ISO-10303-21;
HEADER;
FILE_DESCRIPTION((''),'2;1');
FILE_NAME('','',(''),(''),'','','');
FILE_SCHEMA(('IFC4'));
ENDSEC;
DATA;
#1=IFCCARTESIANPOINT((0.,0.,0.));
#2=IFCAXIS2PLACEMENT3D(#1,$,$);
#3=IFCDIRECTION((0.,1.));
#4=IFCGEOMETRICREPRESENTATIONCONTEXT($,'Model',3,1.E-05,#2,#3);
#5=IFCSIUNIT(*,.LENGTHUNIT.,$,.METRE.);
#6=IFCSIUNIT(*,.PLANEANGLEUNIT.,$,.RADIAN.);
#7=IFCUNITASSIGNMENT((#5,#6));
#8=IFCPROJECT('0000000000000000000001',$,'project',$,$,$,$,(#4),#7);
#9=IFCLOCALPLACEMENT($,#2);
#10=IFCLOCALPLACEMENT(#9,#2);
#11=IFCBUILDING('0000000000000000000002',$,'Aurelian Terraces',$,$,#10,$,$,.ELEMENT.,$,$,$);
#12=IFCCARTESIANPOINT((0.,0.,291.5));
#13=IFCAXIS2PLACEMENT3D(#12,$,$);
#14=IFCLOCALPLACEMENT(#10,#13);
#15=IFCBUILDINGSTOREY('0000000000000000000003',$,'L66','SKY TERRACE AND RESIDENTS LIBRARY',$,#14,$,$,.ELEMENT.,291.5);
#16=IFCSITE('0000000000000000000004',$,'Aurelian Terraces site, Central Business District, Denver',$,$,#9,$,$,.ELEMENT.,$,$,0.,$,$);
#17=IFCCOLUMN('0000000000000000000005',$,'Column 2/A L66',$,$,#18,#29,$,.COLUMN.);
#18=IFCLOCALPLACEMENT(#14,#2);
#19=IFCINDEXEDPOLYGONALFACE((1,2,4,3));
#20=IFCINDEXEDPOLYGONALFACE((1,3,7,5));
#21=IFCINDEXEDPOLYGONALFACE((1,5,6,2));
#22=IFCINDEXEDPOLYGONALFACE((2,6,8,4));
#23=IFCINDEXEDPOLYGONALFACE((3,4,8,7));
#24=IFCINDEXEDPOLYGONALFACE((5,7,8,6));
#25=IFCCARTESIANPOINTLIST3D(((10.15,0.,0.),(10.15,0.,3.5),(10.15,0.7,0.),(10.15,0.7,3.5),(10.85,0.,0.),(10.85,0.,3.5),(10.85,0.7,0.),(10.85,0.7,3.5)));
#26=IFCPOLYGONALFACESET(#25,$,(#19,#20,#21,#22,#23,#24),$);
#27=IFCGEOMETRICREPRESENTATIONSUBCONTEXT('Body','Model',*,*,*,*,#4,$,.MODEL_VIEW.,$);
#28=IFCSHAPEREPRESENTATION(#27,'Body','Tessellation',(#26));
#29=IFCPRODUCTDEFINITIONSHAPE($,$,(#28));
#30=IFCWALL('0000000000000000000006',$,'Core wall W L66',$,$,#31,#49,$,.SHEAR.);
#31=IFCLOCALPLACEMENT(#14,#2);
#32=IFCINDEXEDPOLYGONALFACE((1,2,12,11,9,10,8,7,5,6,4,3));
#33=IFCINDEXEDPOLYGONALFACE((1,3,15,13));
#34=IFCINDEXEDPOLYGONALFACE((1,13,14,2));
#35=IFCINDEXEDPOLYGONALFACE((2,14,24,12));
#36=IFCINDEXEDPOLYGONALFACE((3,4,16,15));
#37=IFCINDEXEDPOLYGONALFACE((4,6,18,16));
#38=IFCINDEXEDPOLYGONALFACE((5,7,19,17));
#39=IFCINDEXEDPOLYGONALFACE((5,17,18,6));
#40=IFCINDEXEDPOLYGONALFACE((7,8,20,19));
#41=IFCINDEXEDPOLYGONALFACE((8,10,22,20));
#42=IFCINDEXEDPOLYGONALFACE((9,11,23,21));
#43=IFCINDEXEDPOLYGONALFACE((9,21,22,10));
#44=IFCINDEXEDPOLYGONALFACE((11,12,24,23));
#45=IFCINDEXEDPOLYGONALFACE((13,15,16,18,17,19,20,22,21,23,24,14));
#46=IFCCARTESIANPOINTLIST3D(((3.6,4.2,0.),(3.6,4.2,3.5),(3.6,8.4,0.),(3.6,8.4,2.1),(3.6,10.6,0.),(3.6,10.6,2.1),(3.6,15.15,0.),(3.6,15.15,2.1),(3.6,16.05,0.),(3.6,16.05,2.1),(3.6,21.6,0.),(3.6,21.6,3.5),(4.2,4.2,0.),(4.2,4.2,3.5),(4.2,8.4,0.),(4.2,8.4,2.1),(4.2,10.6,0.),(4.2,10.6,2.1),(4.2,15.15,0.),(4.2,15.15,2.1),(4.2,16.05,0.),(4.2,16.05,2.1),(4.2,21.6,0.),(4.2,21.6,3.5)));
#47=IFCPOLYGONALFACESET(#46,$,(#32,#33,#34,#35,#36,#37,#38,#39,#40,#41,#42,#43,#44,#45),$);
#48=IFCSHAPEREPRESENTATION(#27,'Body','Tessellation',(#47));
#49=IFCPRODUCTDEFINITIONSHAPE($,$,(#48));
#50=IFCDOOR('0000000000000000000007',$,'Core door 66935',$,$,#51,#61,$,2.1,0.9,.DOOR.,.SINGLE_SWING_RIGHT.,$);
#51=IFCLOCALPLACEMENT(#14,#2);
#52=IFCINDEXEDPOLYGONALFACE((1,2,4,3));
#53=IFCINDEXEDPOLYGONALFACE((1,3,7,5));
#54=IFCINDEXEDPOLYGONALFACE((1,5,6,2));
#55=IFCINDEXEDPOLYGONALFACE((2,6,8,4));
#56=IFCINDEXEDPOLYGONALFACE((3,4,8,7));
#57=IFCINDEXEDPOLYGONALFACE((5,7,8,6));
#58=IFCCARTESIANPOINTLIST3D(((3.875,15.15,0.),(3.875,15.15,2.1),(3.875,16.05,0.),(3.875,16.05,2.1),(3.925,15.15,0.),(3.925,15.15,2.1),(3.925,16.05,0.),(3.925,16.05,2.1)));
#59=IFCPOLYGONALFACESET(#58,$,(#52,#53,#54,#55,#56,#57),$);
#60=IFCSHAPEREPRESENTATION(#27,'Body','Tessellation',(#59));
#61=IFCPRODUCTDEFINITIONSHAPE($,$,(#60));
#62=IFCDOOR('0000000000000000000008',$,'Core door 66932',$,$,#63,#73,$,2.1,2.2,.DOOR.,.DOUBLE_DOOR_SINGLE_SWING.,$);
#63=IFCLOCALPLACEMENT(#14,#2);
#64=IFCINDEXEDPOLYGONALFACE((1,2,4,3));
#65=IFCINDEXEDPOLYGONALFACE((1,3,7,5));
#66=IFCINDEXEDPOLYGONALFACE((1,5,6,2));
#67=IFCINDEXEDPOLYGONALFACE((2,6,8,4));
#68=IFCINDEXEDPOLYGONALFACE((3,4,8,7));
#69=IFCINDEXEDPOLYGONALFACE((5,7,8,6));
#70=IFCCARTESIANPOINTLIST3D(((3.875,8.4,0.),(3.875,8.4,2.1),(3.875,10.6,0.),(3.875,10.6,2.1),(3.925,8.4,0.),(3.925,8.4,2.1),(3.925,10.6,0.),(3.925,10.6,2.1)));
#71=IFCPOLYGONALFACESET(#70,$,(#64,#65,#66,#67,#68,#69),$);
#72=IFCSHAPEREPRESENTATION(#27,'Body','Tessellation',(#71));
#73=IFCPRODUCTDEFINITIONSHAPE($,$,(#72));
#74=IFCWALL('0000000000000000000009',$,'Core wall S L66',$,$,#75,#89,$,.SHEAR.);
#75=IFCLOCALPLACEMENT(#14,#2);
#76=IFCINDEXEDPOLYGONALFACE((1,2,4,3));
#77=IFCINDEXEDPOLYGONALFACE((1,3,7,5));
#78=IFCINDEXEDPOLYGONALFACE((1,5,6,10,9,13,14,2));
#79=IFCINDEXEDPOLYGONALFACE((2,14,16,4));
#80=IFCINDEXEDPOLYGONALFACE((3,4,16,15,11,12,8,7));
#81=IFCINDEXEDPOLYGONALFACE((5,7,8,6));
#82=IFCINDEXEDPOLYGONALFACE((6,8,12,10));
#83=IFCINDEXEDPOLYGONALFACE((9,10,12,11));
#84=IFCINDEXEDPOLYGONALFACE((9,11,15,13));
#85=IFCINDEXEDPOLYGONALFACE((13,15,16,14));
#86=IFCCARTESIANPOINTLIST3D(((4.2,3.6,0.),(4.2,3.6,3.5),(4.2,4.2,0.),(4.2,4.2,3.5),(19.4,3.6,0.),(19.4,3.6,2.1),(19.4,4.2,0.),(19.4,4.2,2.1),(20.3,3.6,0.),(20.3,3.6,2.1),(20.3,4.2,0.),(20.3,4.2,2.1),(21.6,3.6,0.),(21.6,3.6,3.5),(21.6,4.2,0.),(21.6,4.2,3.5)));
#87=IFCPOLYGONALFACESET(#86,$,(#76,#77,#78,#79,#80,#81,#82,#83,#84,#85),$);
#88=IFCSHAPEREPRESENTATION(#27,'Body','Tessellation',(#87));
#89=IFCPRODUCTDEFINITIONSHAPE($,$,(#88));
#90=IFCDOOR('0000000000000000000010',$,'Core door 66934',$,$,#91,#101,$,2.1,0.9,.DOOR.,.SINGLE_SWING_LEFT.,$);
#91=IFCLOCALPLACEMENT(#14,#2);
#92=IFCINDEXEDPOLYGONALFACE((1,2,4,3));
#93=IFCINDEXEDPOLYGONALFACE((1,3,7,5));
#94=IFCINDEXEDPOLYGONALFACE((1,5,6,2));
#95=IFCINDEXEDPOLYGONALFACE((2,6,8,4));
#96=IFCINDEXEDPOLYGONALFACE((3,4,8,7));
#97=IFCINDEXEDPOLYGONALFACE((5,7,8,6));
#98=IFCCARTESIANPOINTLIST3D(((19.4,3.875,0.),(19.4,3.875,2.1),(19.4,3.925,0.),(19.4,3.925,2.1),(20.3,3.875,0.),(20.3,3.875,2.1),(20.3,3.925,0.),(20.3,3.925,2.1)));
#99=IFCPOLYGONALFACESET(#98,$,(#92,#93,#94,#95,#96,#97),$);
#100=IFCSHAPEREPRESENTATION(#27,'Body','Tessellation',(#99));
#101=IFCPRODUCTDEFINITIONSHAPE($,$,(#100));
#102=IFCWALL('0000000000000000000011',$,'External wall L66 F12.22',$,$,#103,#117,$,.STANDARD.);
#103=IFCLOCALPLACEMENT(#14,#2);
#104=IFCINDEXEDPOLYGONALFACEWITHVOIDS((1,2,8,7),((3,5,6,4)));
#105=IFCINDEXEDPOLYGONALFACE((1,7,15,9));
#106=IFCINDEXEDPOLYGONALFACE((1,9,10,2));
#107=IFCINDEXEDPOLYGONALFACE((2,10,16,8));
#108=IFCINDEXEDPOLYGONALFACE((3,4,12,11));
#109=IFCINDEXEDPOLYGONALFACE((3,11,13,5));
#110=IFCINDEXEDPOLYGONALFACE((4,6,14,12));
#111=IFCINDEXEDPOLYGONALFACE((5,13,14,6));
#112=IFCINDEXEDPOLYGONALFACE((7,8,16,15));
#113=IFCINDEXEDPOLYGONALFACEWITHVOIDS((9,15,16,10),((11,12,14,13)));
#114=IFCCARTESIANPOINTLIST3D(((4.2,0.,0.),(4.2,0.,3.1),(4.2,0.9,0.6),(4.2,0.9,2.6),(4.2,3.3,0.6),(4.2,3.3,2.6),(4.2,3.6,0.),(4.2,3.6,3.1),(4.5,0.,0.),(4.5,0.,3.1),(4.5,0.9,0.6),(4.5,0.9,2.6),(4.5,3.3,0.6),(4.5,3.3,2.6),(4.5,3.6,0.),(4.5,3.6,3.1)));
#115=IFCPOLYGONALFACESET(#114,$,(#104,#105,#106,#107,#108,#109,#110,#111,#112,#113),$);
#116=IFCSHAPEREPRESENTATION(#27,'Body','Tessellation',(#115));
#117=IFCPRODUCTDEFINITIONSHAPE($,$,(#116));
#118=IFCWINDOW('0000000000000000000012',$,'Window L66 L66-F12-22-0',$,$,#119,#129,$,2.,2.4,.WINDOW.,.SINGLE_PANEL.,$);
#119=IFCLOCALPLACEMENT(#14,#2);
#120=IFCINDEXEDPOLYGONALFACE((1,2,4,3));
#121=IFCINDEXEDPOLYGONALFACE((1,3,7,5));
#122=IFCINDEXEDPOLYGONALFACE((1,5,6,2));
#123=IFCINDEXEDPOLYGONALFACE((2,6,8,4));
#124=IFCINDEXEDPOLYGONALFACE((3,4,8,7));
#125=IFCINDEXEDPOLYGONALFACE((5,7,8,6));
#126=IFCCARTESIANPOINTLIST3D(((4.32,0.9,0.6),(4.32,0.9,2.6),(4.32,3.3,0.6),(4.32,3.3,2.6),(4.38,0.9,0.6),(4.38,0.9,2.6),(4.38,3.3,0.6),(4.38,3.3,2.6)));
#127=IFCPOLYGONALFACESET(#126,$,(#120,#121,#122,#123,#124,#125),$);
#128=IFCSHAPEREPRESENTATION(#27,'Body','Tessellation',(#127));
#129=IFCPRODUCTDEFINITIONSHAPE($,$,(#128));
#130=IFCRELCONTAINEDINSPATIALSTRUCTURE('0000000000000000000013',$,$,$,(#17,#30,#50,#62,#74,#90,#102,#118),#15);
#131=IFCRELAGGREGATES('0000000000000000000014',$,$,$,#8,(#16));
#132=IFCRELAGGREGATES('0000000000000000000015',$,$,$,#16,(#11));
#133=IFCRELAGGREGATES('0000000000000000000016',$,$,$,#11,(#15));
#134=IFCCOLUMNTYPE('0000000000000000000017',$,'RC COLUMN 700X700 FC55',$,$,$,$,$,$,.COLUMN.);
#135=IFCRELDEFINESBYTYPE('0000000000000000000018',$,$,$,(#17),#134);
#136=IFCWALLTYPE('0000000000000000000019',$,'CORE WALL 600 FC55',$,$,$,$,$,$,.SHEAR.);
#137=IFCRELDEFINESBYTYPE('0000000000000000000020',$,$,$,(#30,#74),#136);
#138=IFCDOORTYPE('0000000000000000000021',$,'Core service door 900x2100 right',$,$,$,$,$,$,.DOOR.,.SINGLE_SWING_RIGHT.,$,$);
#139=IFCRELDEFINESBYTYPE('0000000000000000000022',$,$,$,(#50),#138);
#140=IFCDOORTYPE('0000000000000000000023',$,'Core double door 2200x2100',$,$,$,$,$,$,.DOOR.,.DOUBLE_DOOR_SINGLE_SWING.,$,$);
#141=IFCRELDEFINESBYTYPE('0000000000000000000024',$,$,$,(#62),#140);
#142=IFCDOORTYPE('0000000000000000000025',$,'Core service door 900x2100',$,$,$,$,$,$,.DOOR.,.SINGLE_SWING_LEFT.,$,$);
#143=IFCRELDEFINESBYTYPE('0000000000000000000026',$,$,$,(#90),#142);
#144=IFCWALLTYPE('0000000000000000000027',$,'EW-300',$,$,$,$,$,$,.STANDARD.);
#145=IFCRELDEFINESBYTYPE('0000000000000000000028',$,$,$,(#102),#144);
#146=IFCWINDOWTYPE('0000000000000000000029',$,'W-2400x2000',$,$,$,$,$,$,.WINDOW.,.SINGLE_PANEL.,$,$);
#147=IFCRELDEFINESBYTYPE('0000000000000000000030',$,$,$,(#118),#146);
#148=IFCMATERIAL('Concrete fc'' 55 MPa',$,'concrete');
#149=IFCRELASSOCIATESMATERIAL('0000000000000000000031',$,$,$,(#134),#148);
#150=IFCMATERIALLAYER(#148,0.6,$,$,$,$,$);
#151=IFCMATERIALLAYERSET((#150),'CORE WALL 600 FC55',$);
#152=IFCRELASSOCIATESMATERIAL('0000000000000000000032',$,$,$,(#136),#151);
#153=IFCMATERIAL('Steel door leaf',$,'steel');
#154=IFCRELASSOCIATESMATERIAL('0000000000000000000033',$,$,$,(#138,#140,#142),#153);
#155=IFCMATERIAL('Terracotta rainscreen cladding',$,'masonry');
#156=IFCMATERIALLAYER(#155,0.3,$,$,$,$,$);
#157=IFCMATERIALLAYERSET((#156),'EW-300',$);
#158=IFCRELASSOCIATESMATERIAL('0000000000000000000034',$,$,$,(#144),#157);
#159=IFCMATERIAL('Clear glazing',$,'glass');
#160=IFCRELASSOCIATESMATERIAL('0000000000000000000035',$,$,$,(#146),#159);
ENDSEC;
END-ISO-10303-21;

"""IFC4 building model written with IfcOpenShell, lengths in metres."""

from ifc_helpers import new_model, si_unit, direction, frame, frame_2d, origin, origin_2d, place, context, subcontext, project, spatial, rectangle, extrude, source, transform, mapped, material, layer, layer_set, material_profile, profile_set, type_object, element, fill, save


model = new_model("IFC4")

# Units and contexts
model_context = context("Model", 3, precision=1e-05, world=origin(), true_north=direction((0.0, 1.0)))
body_context = subcontext(model_context, "Body", "Model", "MODEL_VIEW")
ifc_project = project(units=[si_unit("LENGTHUNIT", "METRE"), si_unit("PLANEANGLEUNIT", "RADIAN")], contexts=[model_context])

# Site, building, storey
site_placement = place(None, origin())
site = spatial("IfcSite", under=ifc_project, at=site_placement, Name="Aurelian Terraces site, Central Business District, Denver", CompositionType="ELEMENT", RefElevation=0.0)
building_placement = place(site_placement, origin())
building = spatial("IfcBuilding", under=site, at=building_placement, Name="Aurelian Terraces", CompositionType="ELEMENT")
storey_placement = place(building_placement, frame((0.0, 0.0, 291.5)))
storey = spatial("IfcBuildingStorey", under=building, at=storey_placement, Name="L66", Description="SKY TERRACE AND RESIDENTS LIBRARY", CompositionType="ELEMENT", Elevation=291.5)

# Column
ifc_material_1 = material(Name="Concrete fc' 55 MPa", Category="concrete")
ifc_material_profile = material_profile(ifc_material_1, rectangle(XDim=0.7, YDim=0.7, at=origin_2d()))
ifc_profile_set = profile_set([ifc_material_profile], Name="Concrete fc' 55 MPa")
column_type = type_object("IfcColumnType", Name="RC COLUMN 700X700 FC55", PredefinedType="COLUMN", material=ifc_profile_set)
shared_shape_1 = source(origin(), body_context, "Body", "SweptSolid", [
    extrude(rectangle(XDim=0.7, YDim=0.7, at=origin_2d()), origin(), (0.0, 0.0, 1.0), 3.5),
])
column_placement = place(storey_placement, frame((10.5, 0.35, 0.0), z_axis=(0.0, 0.0, 1.0), x_axis=(1.0, 0.0, 0.0)))
element("IfcColumn", 1, at=column_placement, inside=storey, type_object=column_type, Name="Column 2/A L66", PredefinedType="COLUMN", context=body_context, shape_type="MappedRepresentation", body=[
    mapped(shared_shape_1, transform((0.0, 0.0, 0.0), scale=1.0)),
])

# Wall, openings, doors
ifc_layer_1 = layer(ifc_material_1, 0.6)
ifc_layer_set_1 = layer_set([ifc_layer_1], Name="CORE WALL 600 FC55")
wall_type_1 = type_object("IfcWallType", Name="CORE WALL 600 FC55", PredefinedType="SHEAR", material=ifc_layer_set_1)
shared_shape_2 = source(origin(), body_context, "Body", "SweptSolid", [
    extrude(rectangle(XDim=17.4, YDim=0.6, at=frame_2d((8.7, 0.0))), origin(), (0.0, 0.0, 1.0), 3.5),
])
wall_1_placement = place(storey_placement, frame((3.9, 4.2, 0.0), z_axis=(0.0, 0.0, 1.0), x_axis=(0.0, 1.0, 0.0)))
wall_1 = element("IfcWall", 2, at=wall_1_placement, inside=storey, type_object=wall_type_1, Name="Core wall W L66", PredefinedType="SHEAR", context=body_context, shape_type="MappedRepresentation", body=[
    mapped(shared_shape_2, transform((0.0, 0.0, 0.0), scale=1.0)),
])
shared_shape_3 = source(origin(), body_context, "Body", "SweptSolid", [
    extrude(rectangle(XDim=2.2, YDim=2.1, at=frame_2d((1.1, 1.05))), frame((0.0, 0.31, 0.0), z_axis=(0.0, -1.0, 0.0), x_axis=(1.0, 0.0, 0.0)), (0.0, 0.0, 1.0), 0.62),
])
opening_1_placement = place(wall_1_placement, frame((4.2, 0.0, 0.0)))
opening_1 = element("IfcOpeningElement", 3, at=opening_1_placement, cuts=wall_1, PredefinedType="OPENING", context=body_context, shape_type="MappedRepresentation", body=[
    mapped(shared_shape_3, transform((0.0, 0.0, 0.0), scale=1.0)),
])
shared_shape_4 = source(origin(), body_context, "Body", "SweptSolid", [
    extrude(rectangle(XDim=0.9, YDim=2.1, at=frame_2d((0.45, 1.05))), frame((0.0, 0.31, 0.0), z_axis=(0.0, -1.0, 0.0), x_axis=(1.0, 0.0, 0.0)), (0.0, 0.0, 1.0), 0.62),
])
opening_2_placement = place(wall_1_placement, frame((10.95, 0.0, 0.0)))
opening_2 = element("IfcOpeningElement", 4, at=opening_2_placement, cuts=wall_1, PredefinedType="OPENING", context=body_context, shape_type="MappedRepresentation", body=[
    mapped(shared_shape_4, transform((0.0, 0.0, 0.0), scale=1.0)),
])
ifc_material_2 = material(Name="Steel door leaf", Category="steel")
door_type_1 = type_object("IfcDoorType", Name="Core service door 900x2100 right", OperationType="SINGLE_SWING_RIGHT", PredefinedType="DOOR", material=ifc_material_2)
shared_shape_5 = source(origin(), body_context, "Body", "SweptSolid", [
    extrude(rectangle(XDim=0.9, YDim=2.1, at=frame_2d((0.45, 1.05))), frame((0.0, 0.025, 0.0), z_axis=(0.0, -1.0, 0.0), x_axis=(1.0, 0.0, 0.0)), (0.0, 0.0, 1.0), 0.05),
])
door_1_placement = place(opening_2_placement, origin())
door_1 = element("IfcDoor", 5, at=door_1_placement, inside=storey, type_object=door_type_1, Name="Core door 66935", OperationType="SINGLE_SWING_RIGHT", OverallHeight=2.1, OverallWidth=0.9, PredefinedType="DOOR", context=body_context, shape_type="MappedRepresentation", body=[
    mapped(shared_shape_5, transform((0.0, 0.0, 0.0), scale=1.0)),
])
fill(opening_2, door_1)
door_type_2 = type_object("IfcDoorType", Name="Core double door 2200x2100", OperationType="DOUBLE_DOOR_SINGLE_SWING", PredefinedType="DOOR", material=ifc_material_2)
shared_shape_6 = source(origin(), body_context, "Body", "SweptSolid", [
    extrude(rectangle(XDim=2.2, YDim=2.1, at=frame_2d((1.1, 1.05))), frame((0.0, 0.025, 0.0), z_axis=(0.0, -1.0, 0.0), x_axis=(1.0, 0.0, 0.0)), (0.0, 0.0, 1.0), 0.05),
])
door_2_placement = place(opening_1_placement, origin())
door_2 = element("IfcDoor", 6, at=door_2_placement, inside=storey, type_object=door_type_2, Name="Core door 66932", OperationType="DOUBLE_DOOR_SINGLE_SWING", OverallHeight=2.1, OverallWidth=2.2, PredefinedType="DOOR", context=body_context, shape_type="MappedRepresentation", body=[
    mapped(shared_shape_6, transform((0.0, 0.0, 0.0), scale=1.0)),
])
fill(opening_1, door_2)

# Wall, opening, door
wall_2_placement = place(storey_placement, frame((4.2, 3.9, 0.0), z_axis=(0.0, 0.0, 1.0), x_axis=(1.0, 0.0, 0.0)))
wall_2 = element("IfcWall", 7, at=wall_2_placement, inside=storey, type_object=wall_type_1, Name="Core wall S L66", PredefinedType="SHEAR", context=body_context, shape_type="MappedRepresentation", body=[
    mapped(shared_shape_2, transform((0.0, 0.0, 0.0), scale=1.0)),
])
opening_3_placement = place(wall_2_placement, frame((15.2, 0.0, 0.0)))
opening_3 = element("IfcOpeningElement", 8, at=opening_3_placement, cuts=wall_2, PredefinedType="OPENING", context=body_context, shape_type="MappedRepresentation", body=[
    mapped(shared_shape_4, transform((0.0, 0.0, 0.0), scale=1.0)),
])
door_type_3 = type_object("IfcDoorType", Name="Core service door 900x2100", OperationType="SINGLE_SWING_LEFT", PredefinedType="DOOR", material=ifc_material_2)
door_3_placement = place(opening_3_placement, origin())
door_3 = element("IfcDoor", 9, at=door_3_placement, inside=storey, type_object=door_type_3, Name="Core door 66934", OperationType="SINGLE_SWING_LEFT", OverallHeight=2.1, OverallWidth=0.9, PredefinedType="DOOR", context=body_context, shape_type="MappedRepresentation", body=[
    mapped(shared_shape_5, transform((0.0, 0.0, 0.0), scale=1.0)),
])
fill(opening_3, door_3)

# Wall, opening, window
ifc_material_3 = material(Name="Terracotta rainscreen cladding", Category="masonry")
ifc_layer_2 = layer(ifc_material_3, 0.3)
ifc_layer_set_2 = layer_set([ifc_layer_2], Name="EW-300")
wall_type_2 = type_object("IfcWallType", Name="EW-300", PredefinedType="STANDARD", material=ifc_layer_set_2)
shared_shape_7 = source(origin(), body_context, "Body", "SweptSolid", [
    extrude(rectangle(XDim=3.6, YDim=0.3, at=frame_2d((1.8, 0.0))), origin(), (0.0, 0.0, 1.0), 3.1),
])
wall_3_placement = place(storey_placement, frame((4.35, 3.6, 0.0), z_axis=(0.0, 0.0, 1.0), x_axis=(0.0, -1.0, 0.0)))
wall_3 = element("IfcWall", 10, at=wall_3_placement, inside=storey, type_object=wall_type_2, Name="External wall L66 F12.22", PredefinedType="STANDARD", context=body_context, shape_type="MappedRepresentation", body=[
    mapped(shared_shape_7, transform((0.0, 0.0, 0.0), scale=1.0)),
])
shared_shape_8 = source(origin(), body_context, "Body", "SweptSolid", [
    extrude(rectangle(XDim=2.4, YDim=2.0, at=frame_2d((1.2, 1.0))), frame((0.0, 0.16, 0.0), z_axis=(0.0, -1.0, 0.0), x_axis=(1.0, 0.0, 0.0)), (0.0, 0.0, 1.0), 0.32),
])
opening_4_placement = place(wall_3_placement, frame((0.3, 0.0, 0.6)))
opening_4 = element("IfcOpeningElement", 11, at=opening_4_placement, cuts=wall_3, PredefinedType="OPENING", context=body_context, shape_type="MappedRepresentation", body=[
    mapped(shared_shape_8, transform((0.0, 0.0, 0.0), scale=1.0)),
])
ifc_material_4 = material(Name="Clear glazing", Category="glass")
window_type_1 = type_object("IfcWindowType", Name="W-2400x2000", PartitioningType="SINGLE_PANEL", PredefinedType="WINDOW", material=ifc_material_4)
shared_shape_9 = source(origin(), body_context, "Body", "SweptSolid", [
    extrude(rectangle(XDim=2.4, YDim=2.0, at=frame_2d((1.2, 1.0))), frame((0.0, 0.03, 0.0), z_axis=(0.0, -1.0, 0.0), x_axis=(1.0, 0.0, 0.0)), (0.0, 0.0, 1.0), 0.06),
])
window_1_placement = place(opening_4_placement, origin())
window_1 = element("IfcWindow", 12, at=window_1_placement, inside=storey, type_object=window_type_1, Name="Window L66 L66-F12-22-0", OverallHeight=2.0, OverallWidth=2.4, PartitioningType="SINGLE_PANEL", PredefinedType="WINDOW", context=body_context, shape_type="MappedRepresentation", body=[
    mapped(shared_shape_9, transform((0.0, 0.0, 0.0), scale=1.0)),
])
fill(opening_4, window_1)

save(model, "model.ifc")
